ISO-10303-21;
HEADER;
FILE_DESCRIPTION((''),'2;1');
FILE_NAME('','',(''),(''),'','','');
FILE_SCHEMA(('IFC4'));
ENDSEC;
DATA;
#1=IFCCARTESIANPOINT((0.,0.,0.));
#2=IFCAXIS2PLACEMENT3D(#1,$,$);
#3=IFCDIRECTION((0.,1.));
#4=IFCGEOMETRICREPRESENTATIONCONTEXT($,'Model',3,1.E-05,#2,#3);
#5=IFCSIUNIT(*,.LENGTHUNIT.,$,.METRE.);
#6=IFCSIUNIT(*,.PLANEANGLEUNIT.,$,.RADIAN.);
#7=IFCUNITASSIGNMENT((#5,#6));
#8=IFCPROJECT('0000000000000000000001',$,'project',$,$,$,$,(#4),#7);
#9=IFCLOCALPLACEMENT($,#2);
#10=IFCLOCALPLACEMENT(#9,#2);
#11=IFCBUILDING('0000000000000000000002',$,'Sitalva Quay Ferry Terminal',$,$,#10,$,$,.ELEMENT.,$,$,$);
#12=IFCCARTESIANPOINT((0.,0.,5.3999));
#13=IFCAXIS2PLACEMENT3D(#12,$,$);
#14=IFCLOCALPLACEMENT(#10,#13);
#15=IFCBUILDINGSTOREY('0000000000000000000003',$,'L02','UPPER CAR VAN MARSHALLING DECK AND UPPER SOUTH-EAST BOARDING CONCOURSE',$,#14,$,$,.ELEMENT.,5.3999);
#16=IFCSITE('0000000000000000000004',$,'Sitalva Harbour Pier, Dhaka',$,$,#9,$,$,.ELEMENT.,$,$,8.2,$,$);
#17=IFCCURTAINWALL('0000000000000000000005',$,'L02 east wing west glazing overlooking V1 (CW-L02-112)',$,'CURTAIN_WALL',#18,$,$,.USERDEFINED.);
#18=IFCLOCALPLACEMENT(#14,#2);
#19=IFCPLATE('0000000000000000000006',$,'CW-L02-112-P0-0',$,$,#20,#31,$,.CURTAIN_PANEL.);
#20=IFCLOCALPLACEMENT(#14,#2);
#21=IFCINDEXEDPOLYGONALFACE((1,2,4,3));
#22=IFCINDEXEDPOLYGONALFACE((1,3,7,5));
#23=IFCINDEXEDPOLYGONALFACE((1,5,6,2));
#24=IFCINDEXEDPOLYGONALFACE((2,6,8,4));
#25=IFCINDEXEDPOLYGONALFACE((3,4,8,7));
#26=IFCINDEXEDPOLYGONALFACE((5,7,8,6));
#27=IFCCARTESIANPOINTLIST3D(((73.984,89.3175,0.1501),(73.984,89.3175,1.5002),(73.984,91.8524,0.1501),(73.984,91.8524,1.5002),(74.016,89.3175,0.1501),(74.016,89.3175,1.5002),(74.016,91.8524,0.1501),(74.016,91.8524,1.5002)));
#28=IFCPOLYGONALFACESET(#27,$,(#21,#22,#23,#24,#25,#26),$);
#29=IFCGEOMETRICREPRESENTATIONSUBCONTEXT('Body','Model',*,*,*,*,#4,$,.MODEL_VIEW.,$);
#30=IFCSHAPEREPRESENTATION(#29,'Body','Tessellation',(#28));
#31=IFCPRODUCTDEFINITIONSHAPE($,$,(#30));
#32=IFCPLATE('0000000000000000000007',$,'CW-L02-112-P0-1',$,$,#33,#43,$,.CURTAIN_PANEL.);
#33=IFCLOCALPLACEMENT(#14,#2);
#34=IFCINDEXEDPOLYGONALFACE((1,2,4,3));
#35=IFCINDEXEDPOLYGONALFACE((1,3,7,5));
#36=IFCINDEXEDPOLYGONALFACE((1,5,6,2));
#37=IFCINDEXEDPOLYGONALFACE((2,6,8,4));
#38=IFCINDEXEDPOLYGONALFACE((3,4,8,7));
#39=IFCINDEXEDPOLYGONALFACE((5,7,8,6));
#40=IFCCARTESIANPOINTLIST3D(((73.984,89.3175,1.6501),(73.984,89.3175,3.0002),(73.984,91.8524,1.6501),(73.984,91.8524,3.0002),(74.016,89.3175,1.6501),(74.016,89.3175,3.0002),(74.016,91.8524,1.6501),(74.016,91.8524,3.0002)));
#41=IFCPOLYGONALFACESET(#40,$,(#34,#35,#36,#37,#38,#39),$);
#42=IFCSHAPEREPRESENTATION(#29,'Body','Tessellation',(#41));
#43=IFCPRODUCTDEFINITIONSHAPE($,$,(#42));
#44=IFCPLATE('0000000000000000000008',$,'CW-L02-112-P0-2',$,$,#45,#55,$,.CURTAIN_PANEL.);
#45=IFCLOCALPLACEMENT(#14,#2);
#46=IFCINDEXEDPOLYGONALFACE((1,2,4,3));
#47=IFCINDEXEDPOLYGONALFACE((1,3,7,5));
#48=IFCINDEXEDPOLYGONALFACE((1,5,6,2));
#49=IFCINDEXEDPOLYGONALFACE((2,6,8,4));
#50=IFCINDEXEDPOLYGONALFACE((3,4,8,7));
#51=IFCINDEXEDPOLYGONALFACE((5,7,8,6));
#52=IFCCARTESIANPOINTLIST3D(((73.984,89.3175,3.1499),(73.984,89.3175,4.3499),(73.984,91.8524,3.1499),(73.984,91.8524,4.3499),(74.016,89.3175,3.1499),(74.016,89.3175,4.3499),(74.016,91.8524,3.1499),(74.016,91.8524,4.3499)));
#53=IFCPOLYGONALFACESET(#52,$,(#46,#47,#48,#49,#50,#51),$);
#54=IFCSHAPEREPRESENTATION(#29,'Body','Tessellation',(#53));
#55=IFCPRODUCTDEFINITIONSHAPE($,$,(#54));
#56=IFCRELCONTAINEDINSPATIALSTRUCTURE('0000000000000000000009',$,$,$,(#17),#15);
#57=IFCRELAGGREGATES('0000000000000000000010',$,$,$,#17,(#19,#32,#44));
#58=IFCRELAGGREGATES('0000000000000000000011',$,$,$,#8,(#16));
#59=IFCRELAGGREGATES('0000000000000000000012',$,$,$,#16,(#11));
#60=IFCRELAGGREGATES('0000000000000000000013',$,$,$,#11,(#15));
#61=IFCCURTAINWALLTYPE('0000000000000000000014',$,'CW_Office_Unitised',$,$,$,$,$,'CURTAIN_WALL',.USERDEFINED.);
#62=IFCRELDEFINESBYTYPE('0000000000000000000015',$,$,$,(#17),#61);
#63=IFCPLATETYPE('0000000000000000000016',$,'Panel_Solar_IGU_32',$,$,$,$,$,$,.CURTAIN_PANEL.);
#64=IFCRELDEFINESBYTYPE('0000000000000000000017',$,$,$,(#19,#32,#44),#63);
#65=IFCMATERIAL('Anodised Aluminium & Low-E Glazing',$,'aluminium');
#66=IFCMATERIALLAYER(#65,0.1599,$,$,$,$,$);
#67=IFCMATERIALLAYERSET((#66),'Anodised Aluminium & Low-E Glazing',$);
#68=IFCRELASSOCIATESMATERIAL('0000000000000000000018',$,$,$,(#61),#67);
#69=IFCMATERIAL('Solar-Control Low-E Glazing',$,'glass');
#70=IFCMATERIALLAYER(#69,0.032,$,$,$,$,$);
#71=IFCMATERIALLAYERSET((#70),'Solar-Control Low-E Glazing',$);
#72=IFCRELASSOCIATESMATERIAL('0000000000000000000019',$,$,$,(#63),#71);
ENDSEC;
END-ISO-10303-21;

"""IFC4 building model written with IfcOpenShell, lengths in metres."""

from ifc_helpers import new_model, si_unit, direction, frame, origin, origin_2d, place, context, subcontext, project, spatial, rectangle, extrude, material, layer, layer_set, type_object, element, aggregate, save


model = new_model("IFC4")

# Units and contexts
model_context = context("Model", 3, precision=1e-05, world=origin(), true_north=direction((0.0, 1.0)))
body_context = subcontext(model_context, "Body", "Model", "MODEL_VIEW")
ifc_project = project(units=[si_unit("LENGTHUNIT", "METRE"), si_unit("PLANEANGLEUNIT", "RADIAN")], contexts=[model_context])

# Site, building, storey
site_placement = place(None, origin())
site = spatial("IfcSite", under=ifc_project, at=site_placement, Name="Sitalva Harbour Pier, Dhaka", CompositionType="ELEMENT", RefElevation=8.2)
building_placement = place(site_placement, origin())
building = spatial("IfcBuilding", under=site, at=building_placement, Name="Sitalva Quay Ferry Terminal", CompositionType="ELEMENT")
storey_placement = place(building_placement, frame((0.0, 0.0, 5.3999)))
storey = spatial("IfcBuildingStorey", under=building, at=storey_placement, Name="L02", Description="UPPER CAR VAN MARSHALLING DECK AND UPPER SOUTH-EAST BOARDING CONCOURSE", CompositionType="ELEMENT", Elevation=5.3999)

# Curtain wall
ifc_material_1 = material(Name="Anodised Aluminium & Low-E Glazing", Category="aluminium")
ifc_layer_1 = layer(ifc_material_1, 0.1599)
ifc_layer_set_1 = layer_set([ifc_layer_1], Name="Anodised Aluminium & Low-E Glazing")
curtain_wall_type = type_object("IfcCurtainWallType", Name="CW_Office_Unitised", ElementType="CURTAIN_WALL", PredefinedType="USERDEFINED", material=ifc_layer_set_1)
curtain_wall_1_placement = place(storey_placement, origin())
curtain_wall_1 = element("IfcCurtainWall", 1, at=curtain_wall_1_placement, inside=storey, type_object=curtain_wall_type, Name="L02 east wing west glazing overlooking V1 (CW-L02-112)", ObjectType="CURTAIN_WALL", PredefinedType="USERDEFINED")

# Plates
ifc_material_2 = material(Name="Solar-Control Low-E Glazing", Category="glass")
ifc_layer_2 = layer(ifc_material_2, 0.032)
ifc_layer_set_2 = layer_set([ifc_layer_2], Name="Solar-Control Low-E Glazing")
plate_type = type_object("IfcPlateType", Name="Panel_Solar_IGU_32", PredefinedType="CURTAIN_PANEL", material=ifc_layer_set_2)
plate_1_placement = place(storey_placement, frame((74.0, 90.585, 0.1501), z_axis=(0.0, 0.0, 1.0), x_axis=(0.0, 1.0, 0.0)))
plate_1 = element("IfcPlate", 2, at=plate_1_placement, type_object=plate_type, Name="CW-L02-112-P0-0", PredefinedType="CURTAIN_PANEL", context=body_context, shape_type="SweptSolid", body=[
    extrude(rectangle(XDim=2.5349, YDim=0.032, at=origin_2d()), origin(), (0.0, 0.0, 1.0), 1.3501),
])
plate_2_placement = place(storey_placement, frame((74.0, 90.585, 1.6501), z_axis=(0.0, 0.0, 1.0), x_axis=(0.0, 1.0, 0.0)))
plate_2 = element("IfcPlate", 3, at=plate_2_placement, type_object=plate_type, Name="CW-L02-112-P0-1", PredefinedType="CURTAIN_PANEL", context=body_context, shape_type="SweptSolid", body=[
    extrude(rectangle(XDim=2.5349, YDim=0.032, at=origin_2d()), origin(), (0.0, 0.0, 1.0), 1.3501),
])
plate_3_placement = place(storey_placement, frame((74.0, 90.585, 3.1499), z_axis=(0.0, 0.0, 1.0), x_axis=(0.0, 1.0, 0.0)))
plate_3 = element("IfcPlate", 4, at=plate_3_placement, type_object=plate_type, Name="CW-L02-112-P0-2", PredefinedType="CURTAIN_PANEL", context=body_context, shape_type="SweptSolid", body=[
    extrude(rectangle(XDim=2.5349, YDim=0.032, at=origin_2d()), origin(), (0.0, 0.0, 1.0), 1.2),
])
aggregate(curtain_wall_1, [plate_1, plate_2, plate_3])

save(model, "model.ifc")
